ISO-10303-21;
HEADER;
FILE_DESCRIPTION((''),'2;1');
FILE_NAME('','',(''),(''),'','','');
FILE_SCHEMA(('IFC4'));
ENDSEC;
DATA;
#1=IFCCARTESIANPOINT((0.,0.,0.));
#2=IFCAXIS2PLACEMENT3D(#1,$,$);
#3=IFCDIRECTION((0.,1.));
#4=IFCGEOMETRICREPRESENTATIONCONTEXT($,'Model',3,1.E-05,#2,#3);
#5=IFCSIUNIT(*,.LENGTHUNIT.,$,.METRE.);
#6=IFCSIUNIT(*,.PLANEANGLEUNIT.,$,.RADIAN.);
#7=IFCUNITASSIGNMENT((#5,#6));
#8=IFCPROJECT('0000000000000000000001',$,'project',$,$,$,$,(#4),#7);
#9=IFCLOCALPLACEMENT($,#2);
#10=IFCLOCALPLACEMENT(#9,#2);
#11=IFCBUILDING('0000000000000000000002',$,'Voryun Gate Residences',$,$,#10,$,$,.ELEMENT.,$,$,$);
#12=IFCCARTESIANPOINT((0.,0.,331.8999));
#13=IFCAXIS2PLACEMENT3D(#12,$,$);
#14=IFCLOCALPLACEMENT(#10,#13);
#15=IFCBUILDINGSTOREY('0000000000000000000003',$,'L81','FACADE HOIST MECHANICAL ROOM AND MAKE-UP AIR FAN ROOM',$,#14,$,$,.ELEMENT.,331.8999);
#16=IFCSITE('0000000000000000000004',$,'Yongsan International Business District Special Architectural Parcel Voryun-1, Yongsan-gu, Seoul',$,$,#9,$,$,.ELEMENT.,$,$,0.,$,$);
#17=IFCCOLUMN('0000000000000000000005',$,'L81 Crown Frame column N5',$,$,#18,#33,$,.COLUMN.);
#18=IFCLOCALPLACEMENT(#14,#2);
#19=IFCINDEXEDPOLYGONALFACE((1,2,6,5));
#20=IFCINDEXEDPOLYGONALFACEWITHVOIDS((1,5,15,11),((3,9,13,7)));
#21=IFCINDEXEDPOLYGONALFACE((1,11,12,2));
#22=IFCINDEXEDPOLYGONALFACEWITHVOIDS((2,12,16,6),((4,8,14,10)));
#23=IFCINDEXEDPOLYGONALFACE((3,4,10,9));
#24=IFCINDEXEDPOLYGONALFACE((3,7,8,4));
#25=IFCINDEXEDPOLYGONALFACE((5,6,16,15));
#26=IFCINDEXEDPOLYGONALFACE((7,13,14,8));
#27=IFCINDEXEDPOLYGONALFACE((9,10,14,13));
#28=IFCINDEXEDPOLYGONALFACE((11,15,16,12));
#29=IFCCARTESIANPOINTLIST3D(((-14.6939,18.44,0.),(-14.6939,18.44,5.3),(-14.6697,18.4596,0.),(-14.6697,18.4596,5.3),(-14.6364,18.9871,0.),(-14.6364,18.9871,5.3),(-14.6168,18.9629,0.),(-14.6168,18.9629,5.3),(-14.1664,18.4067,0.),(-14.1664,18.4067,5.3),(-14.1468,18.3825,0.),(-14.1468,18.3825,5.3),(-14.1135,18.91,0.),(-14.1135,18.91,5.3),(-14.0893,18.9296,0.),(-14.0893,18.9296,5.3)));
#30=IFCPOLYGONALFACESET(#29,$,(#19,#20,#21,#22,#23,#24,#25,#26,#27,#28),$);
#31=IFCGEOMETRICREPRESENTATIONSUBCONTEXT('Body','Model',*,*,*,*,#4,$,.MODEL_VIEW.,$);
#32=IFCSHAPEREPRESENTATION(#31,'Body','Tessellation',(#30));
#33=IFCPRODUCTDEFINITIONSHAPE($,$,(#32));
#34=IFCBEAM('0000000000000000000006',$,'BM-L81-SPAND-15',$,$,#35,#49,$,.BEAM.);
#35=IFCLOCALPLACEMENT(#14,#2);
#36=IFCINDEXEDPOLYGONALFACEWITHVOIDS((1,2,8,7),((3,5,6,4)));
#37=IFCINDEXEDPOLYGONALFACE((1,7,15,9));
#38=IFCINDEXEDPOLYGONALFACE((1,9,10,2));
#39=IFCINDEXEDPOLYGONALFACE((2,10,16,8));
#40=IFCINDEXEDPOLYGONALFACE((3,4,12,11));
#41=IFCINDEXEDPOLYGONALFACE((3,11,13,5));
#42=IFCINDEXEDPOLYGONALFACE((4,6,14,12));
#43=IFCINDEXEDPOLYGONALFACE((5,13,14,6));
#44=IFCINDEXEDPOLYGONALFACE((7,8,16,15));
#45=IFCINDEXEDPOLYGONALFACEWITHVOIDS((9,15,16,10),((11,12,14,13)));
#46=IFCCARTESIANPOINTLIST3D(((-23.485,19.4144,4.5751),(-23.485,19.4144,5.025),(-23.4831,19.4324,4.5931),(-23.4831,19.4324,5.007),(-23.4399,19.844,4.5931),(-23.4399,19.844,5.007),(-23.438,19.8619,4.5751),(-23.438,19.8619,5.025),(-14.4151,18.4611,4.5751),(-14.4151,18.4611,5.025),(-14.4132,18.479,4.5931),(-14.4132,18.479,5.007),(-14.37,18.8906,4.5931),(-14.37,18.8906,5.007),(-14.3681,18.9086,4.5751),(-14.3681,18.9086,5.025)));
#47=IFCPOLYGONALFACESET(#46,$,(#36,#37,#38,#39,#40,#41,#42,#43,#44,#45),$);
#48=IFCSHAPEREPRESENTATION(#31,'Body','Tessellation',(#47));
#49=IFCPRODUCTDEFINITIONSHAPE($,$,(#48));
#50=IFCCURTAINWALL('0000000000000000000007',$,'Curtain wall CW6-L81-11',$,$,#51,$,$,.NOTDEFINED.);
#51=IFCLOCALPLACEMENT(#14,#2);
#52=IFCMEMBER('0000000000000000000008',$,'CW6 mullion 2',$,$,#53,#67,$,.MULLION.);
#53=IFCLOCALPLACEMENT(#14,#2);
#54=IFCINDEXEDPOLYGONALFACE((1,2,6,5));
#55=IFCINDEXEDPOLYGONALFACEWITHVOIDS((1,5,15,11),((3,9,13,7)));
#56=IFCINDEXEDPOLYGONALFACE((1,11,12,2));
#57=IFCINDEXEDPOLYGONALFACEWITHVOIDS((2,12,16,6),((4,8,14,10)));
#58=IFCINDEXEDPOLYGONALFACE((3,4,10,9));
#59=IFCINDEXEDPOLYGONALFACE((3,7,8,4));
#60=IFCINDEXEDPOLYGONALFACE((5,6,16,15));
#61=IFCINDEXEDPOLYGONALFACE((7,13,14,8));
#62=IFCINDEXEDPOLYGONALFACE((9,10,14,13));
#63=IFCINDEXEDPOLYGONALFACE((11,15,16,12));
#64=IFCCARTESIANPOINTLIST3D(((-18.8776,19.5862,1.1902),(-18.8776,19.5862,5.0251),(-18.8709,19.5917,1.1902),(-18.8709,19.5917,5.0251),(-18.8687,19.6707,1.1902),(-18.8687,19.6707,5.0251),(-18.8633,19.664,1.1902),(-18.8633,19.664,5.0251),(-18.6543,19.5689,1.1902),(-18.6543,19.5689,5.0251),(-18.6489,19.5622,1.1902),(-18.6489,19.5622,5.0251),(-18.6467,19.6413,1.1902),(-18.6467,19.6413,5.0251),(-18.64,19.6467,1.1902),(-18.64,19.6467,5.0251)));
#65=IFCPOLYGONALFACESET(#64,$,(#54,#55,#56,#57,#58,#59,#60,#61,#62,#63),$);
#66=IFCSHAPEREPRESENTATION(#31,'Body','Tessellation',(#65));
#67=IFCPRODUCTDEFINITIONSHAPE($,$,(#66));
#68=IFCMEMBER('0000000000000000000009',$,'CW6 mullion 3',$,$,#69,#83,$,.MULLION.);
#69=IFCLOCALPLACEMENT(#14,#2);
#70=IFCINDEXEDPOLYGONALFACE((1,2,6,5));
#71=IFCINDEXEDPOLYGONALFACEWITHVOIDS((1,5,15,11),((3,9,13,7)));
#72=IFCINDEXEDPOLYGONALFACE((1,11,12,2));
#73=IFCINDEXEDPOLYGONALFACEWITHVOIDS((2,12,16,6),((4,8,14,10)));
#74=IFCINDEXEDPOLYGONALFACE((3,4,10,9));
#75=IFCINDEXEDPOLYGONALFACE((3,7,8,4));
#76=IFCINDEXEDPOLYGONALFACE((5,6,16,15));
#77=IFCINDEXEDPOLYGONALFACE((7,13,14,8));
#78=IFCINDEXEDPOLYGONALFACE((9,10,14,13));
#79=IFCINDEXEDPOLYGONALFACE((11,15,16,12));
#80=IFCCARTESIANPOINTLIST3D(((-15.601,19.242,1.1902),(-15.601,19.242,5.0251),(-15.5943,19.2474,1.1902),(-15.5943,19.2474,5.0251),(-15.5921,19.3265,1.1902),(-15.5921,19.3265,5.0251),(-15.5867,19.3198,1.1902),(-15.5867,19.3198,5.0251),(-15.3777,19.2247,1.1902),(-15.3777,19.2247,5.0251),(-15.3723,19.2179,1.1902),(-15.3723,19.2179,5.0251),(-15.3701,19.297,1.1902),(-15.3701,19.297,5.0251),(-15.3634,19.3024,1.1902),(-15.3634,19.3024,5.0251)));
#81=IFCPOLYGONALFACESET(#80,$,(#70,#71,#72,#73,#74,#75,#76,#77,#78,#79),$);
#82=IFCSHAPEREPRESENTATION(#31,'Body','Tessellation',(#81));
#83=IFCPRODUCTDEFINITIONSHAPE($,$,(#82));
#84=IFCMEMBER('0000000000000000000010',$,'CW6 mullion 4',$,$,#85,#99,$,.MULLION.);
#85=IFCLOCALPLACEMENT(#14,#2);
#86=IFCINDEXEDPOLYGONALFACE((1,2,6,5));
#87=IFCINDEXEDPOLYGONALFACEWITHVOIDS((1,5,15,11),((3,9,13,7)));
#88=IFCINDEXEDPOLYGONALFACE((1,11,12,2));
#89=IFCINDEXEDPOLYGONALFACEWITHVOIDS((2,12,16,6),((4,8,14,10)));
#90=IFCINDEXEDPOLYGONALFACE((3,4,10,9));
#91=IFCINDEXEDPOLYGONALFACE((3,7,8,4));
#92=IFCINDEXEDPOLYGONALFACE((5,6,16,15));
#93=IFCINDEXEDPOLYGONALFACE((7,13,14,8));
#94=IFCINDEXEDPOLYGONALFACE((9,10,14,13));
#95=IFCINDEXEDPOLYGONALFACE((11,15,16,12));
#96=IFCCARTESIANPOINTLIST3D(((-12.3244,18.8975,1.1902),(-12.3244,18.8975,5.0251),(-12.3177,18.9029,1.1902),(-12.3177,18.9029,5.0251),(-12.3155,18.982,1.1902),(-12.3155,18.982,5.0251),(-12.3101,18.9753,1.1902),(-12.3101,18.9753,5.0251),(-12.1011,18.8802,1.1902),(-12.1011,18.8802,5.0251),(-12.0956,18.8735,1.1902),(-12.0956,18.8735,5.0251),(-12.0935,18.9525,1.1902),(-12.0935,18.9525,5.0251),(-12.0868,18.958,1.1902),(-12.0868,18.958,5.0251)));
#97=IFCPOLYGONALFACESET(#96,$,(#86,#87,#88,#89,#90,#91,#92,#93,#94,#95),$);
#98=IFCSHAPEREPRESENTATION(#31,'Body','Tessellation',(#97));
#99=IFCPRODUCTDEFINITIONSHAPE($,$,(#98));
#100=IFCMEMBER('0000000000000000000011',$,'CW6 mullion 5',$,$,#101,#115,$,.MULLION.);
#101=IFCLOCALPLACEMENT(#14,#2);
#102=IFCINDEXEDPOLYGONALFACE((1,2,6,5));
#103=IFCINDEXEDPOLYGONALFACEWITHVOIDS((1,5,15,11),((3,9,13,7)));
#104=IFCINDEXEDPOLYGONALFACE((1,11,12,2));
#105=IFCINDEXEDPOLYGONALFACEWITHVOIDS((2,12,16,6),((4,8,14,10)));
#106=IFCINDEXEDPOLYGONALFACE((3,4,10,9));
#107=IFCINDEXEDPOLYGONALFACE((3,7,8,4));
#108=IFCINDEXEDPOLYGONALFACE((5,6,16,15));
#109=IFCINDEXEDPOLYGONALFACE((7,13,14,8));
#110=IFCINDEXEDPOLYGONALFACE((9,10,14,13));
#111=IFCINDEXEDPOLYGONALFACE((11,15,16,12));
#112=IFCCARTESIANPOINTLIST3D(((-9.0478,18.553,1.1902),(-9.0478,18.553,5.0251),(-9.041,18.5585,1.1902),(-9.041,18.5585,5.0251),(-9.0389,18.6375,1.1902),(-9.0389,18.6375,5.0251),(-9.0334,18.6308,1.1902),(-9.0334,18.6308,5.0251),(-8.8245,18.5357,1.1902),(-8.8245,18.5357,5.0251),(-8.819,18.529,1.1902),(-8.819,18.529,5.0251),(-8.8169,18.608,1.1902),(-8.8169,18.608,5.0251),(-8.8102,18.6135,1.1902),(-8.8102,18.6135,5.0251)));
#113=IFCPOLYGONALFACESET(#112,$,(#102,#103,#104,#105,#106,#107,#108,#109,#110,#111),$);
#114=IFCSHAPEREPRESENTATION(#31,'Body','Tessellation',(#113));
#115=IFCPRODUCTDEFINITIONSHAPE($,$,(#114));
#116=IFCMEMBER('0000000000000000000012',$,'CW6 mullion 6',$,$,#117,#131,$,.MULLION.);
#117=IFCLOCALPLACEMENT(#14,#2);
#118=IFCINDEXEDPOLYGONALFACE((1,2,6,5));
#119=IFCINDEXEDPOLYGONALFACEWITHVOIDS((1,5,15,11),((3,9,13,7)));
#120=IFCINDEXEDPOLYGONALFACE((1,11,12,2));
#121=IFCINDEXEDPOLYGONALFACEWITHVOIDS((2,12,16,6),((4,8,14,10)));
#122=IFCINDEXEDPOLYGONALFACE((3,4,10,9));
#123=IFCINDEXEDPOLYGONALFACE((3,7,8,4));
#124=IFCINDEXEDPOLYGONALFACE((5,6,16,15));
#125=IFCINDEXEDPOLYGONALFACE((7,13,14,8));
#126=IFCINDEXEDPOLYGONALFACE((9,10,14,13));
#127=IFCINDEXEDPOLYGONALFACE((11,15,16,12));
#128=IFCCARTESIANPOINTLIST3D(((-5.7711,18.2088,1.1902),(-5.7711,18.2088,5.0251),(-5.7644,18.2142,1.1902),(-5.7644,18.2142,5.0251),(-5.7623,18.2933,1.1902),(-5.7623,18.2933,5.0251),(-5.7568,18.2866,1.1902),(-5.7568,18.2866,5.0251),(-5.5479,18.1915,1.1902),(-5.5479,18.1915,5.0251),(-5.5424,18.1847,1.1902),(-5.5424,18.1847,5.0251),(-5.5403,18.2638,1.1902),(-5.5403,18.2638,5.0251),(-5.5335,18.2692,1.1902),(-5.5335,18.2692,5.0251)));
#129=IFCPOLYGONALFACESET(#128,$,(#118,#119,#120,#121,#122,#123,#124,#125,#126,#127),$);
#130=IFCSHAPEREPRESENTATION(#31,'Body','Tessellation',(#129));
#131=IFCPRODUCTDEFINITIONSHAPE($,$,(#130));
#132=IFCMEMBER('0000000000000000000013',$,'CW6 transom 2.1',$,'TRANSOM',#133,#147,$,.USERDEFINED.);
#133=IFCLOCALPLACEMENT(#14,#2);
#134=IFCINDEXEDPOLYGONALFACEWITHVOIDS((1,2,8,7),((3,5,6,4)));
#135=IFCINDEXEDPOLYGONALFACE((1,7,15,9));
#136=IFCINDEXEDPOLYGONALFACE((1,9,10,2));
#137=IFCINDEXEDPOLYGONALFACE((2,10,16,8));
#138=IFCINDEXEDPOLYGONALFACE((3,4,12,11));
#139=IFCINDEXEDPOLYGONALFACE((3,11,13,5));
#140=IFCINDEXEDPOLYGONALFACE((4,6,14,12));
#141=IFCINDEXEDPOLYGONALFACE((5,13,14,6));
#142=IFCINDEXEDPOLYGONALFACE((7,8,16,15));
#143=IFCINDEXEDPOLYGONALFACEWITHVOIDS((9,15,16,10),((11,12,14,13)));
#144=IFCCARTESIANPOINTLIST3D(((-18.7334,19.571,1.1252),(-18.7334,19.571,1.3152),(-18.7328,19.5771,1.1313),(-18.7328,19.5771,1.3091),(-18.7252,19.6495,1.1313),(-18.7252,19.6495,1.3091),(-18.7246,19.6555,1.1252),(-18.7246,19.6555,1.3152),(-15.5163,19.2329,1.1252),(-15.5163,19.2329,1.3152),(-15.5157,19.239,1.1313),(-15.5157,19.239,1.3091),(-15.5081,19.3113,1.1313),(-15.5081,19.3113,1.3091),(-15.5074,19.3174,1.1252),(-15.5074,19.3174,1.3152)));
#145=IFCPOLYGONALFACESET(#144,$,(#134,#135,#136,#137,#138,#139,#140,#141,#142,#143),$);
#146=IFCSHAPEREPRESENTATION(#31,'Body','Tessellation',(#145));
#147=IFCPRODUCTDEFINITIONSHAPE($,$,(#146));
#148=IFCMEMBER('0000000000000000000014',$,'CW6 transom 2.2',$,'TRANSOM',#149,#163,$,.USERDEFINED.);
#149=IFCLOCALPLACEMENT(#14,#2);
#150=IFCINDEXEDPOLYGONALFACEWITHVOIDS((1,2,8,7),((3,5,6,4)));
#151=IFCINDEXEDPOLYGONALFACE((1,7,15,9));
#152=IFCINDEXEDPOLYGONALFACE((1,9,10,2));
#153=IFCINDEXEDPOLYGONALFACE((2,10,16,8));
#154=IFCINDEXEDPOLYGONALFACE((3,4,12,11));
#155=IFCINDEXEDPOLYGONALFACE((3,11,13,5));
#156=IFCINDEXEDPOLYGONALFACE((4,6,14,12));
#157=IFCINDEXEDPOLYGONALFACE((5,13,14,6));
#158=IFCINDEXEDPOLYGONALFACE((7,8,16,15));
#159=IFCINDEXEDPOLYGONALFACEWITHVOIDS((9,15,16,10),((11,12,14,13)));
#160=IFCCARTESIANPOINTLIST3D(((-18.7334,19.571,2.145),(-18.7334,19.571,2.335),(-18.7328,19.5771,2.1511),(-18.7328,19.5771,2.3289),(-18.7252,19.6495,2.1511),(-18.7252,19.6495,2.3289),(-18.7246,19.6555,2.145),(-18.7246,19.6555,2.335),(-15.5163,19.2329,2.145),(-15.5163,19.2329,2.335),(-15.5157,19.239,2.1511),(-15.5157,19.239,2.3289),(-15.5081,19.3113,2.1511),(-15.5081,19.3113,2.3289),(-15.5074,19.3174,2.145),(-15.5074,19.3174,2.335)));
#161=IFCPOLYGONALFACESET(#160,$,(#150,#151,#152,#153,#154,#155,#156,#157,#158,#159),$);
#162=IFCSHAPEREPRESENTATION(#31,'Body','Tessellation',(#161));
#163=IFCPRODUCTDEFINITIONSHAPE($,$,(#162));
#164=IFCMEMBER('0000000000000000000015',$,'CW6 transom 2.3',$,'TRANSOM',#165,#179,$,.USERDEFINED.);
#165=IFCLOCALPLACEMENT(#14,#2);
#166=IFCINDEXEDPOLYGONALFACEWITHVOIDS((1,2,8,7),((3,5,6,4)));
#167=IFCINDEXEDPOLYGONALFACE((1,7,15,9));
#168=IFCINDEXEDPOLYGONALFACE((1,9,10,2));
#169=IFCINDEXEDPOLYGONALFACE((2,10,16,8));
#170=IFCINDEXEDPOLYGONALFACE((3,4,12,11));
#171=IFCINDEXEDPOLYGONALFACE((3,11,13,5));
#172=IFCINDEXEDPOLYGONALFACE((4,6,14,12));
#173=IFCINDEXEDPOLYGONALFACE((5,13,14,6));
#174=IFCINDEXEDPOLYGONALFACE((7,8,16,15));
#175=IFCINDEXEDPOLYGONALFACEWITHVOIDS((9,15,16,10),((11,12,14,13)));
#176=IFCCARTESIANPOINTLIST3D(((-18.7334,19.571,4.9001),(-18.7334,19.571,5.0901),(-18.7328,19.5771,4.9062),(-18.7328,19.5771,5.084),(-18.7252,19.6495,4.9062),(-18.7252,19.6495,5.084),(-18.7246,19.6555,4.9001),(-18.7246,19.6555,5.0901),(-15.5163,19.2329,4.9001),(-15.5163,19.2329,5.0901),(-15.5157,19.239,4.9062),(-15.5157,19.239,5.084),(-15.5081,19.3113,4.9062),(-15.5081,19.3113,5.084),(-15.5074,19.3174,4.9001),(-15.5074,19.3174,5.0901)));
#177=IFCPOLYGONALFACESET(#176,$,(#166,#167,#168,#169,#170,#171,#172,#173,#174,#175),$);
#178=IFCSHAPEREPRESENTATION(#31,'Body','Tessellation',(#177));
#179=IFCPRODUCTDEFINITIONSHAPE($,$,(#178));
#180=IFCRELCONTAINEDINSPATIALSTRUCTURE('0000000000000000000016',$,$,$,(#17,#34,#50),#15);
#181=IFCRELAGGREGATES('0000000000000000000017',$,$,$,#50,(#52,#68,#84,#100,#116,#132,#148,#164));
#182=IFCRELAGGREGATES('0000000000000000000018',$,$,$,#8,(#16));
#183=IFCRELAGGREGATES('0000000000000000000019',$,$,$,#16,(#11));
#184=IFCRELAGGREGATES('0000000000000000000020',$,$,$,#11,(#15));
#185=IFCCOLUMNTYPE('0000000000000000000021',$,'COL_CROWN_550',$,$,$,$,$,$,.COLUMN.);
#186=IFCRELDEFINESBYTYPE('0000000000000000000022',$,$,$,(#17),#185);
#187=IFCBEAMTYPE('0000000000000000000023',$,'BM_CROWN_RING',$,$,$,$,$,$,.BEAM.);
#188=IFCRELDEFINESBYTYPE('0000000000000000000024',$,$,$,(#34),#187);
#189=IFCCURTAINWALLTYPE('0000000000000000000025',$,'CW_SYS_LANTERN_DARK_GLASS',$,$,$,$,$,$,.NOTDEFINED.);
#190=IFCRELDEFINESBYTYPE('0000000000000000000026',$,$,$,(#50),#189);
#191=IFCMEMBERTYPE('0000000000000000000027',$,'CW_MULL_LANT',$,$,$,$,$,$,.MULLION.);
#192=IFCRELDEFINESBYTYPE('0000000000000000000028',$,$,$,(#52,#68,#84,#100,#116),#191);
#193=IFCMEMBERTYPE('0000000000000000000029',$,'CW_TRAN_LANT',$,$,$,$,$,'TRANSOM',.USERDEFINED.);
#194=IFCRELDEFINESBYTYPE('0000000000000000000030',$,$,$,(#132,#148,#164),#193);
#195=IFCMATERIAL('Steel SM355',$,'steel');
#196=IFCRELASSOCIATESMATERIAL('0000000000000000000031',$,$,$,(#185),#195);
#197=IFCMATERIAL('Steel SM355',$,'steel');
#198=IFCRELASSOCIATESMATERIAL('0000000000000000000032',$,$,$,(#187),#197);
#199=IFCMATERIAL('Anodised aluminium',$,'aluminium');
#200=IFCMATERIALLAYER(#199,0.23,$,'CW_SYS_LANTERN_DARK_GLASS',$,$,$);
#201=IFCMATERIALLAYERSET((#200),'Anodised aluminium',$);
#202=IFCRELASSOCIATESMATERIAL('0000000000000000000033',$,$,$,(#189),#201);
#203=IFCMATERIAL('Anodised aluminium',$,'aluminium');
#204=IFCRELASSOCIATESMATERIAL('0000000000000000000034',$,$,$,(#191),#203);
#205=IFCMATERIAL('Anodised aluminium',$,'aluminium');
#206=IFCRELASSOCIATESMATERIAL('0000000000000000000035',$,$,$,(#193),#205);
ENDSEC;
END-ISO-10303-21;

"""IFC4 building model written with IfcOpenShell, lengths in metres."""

from ifc_helpers import new_model, si_unit, direction, frame, origin, origin_2d, place, context, subcontext, project, spatial, hollow_rectangle, extrude, material, layer, layer_set, material_profile, profile_set, type_object, element, aggregate, save


model = new_model("IFC4")

# Units and contexts
model_context = context("Model", 3, precision=1e-05, world=origin(), true_north=direction((0.0, 1.0)))
body_context = subcontext(model_context, "Body", "Model", "MODEL_VIEW")
ifc_project = project(units=[si_unit("LENGTHUNIT", "METRE"), si_unit("PLANEANGLEUNIT", "RADIAN")], contexts=[model_context])

# Site, building, storey
site_placement = place(None, origin())
site = spatial("IfcSite", under=ifc_project, at=site_placement, Name="Yongsan International Business District Special Architectural Parcel Voryun-1, Yongsan-gu, Seoul", CompositionType="ELEMENT", RefElevation=0.0)
building_placement = place(site_placement, origin())
building = spatial("IfcBuilding", under=site, at=building_placement, Name="Voryun Gate Residences", CompositionType="ELEMENT")
storey_placement = place(building_placement, frame((0.0, 0.0, 331.8999)))
storey = spatial("IfcBuildingStorey", under=building, at=storey_placement, Name="L81", Description="FACADE HOIST MECHANICAL ROOM AND MAKE-UP AIR FAN ROOM", CompositionType="ELEMENT", Elevation=331.8999)

# Column
ifc_material_1 = material(Name="Steel SM355", Category="steel")
ifc_material_profile_1 = material_profile(ifc_material_1, hollow_rectangle(XDim=0.55, YDim=0.55, WallThickness=0.022, at=origin_2d()), Name="BOX-550x550x22")
ifc_profile_set_1 = profile_set([ifc_material_profile_1], Name="Steel SM355")
column_type = type_object("IfcColumnType", Name="COL_CROWN_550", PredefinedType="COLUMN", material=ifc_profile_set_1)
column_placement = place(storey_placement, frame((-14.3916, 18.6848, 0.0), z_axis=(0.0, 0.0, 1.0), x_axis=(0.994522, -0.104528, 0.0)))
element("IfcColumn", 1, at=column_placement, inside=storey, type_object=column_type, Name="L81 Crown Frame column N5", PredefinedType="COLUMN", context=body_context, shape_type="SweptSolid", body=[
    extrude(hollow_rectangle(XDim=0.55, YDim=0.55, WallThickness=0.022, at=origin_2d()), origin(), (0.0, 0.0, 1.0), 5.3),
])

# Beam
ifc_material_2 = material(Name="Steel SM355", Category="steel")
ifc_material_profile_2 = material_profile(ifc_material_2, hollow_rectangle(XDim=0.45, YDim=0.45, WallThickness=0.0181, at=origin_2d()), Name="BOX-450x450x18")
ifc_profile_set_2 = profile_set([ifc_material_profile_2], Name="Steel SM355")
beam_type = type_object("IfcBeamType", Name="BM_CROWN_RING", PredefinedType="BEAM", material=ifc_profile_set_2)
beam_placement = place(storey_placement, frame((-14.3916, 18.6848, 4.8), z_axis=(-0.994521, 0.104538, 0.0), x_axis=(-0.104538, -0.994521, 0.0)))
element("IfcBeam", 2, at=beam_placement, inside=storey, type_object=beam_type, Name="BM-L81-SPAND-15", PredefinedType="BEAM", context=body_context, shape_type="SweptSolid", body=[
    extrude(hollow_rectangle(XDim=0.45, YDim=0.45, WallThickness=0.0181, at=origin_2d()), origin(), (0.0, 0.0, 1.0), 9.1199),
])

# Curtain wall, members
ifc_material_3 = material(Name="Anodised aluminium", Category="aluminium")
ifc_layer_1 = layer(ifc_material_3, 0.23, Name="CW_SYS_LANTERN_DARK_GLASS")
ifc_layer_set_1 = layer_set([ifc_layer_1], Name="Anodised aluminium")
curtain_wall_type = type_object("IfcCurtainWallType", Name="CW_SYS_LANTERN_DARK_GLASS", PredefinedType="NOTDEFINED", material=ifc_layer_set_1)
curtain_wall_placement = place(storey_placement, origin())
curtain_wall = element("IfcCurtainWall", 3, at=curtain_wall_placement, inside=storey, type_object=curtain_wall_type, Name="Curtain wall CW6-L81-11", PredefinedType="NOTDEFINED")
ifc_material_4 = material(Name="Anodised aluminium", Category="aluminium")
ifc_material_profile_3 = material_profile(ifc_material_4, hollow_rectangle(XDim=0.085, YDim=0.23, WallThickness=0.0061, at=origin_2d()), Name="ALU-MULL-230x85x6")
ifc_profile_set_3 = profile_set([ifc_material_profile_3], Name="Anodised aluminium")
member_type_1 = type_object("IfcMemberType", Name="CW_MULL_LANT", PredefinedType="MULLION", material=ifc_profile_set_3)
member_1_placement = place(storey_placement, frame((-18.7588, 19.6165, 1.1902), z_axis=(0.0, 0.0, 1.0), x_axis=(0.104528, 0.994522, 0.0)))
member_1 = element("IfcMember", 4, at=member_1_placement, type_object=member_type_1, Name="CW6 mullion 2", PredefinedType="MULLION", context=body_context, shape_type="SweptSolid", body=[
    extrude(hollow_rectangle(XDim=0.085, YDim=0.23, WallThickness=0.0061, at=origin_2d()), origin(), (0.0, 0.0, 1.0), 3.835),
])
member_2_placement = place(storey_placement, frame((-15.4822, 19.2722, 1.1902), z_axis=(0.0, 0.0, 1.0), x_axis=(0.104528, 0.994522, 0.0)))
member_2 = element("IfcMember", 5, at=member_2_placement, type_object=member_type_1, Name="CW6 mullion 3", PredefinedType="MULLION", context=body_context, shape_type="SweptSolid", body=[
    extrude(hollow_rectangle(XDim=0.085, YDim=0.23, WallThickness=0.0061, at=origin_2d()), origin(), (0.0, 0.0, 1.0), 3.835),
])
member_3_placement = place(storey_placement, frame((-12.2056, 18.9277, 1.1902), z_axis=(0.0, 0.0, 1.0), x_axis=(0.104528, 0.994522, 0.0)))
member_3 = element("IfcMember", 6, at=member_3_placement, type_object=member_type_1, Name="CW6 mullion 4", PredefinedType="MULLION", context=body_context, shape_type="SweptSolid", body=[
    extrude(hollow_rectangle(XDim=0.085, YDim=0.23, WallThickness=0.0061, at=origin_2d()), origin(), (0.0, 0.0, 1.0), 3.835),
])
member_4_placement = place(storey_placement, frame((-8.929, 18.5833, 1.1902), z_axis=(0.0, 0.0, 1.0), x_axis=(0.104528, 0.994522, 0.0)))
member_4 = element("IfcMember", 7, at=member_4_placement, type_object=member_type_1, Name="CW6 mullion 5", PredefinedType="MULLION", context=body_context, shape_type="SweptSolid", body=[
    extrude(hollow_rectangle(XDim=0.085, YDim=0.23, WallThickness=0.0061, at=origin_2d()), origin(), (0.0, 0.0, 1.0), 3.835),
])
member_5_placement = place(storey_placement, frame((-5.6523, 18.239, 1.1902), z_axis=(0.0, 0.0, 1.0), x_axis=(0.104528, 0.994522, 0.0)))
member_5 = element("IfcMember", 8, at=member_5_placement, type_object=member_type_1, Name="CW6 mullion 6", PredefinedType="MULLION", context=body_context, shape_type="SweptSolid", body=[
    extrude(hollow_rectangle(XDim=0.085, YDim=0.23, WallThickness=0.0061, at=origin_2d()), origin(), (0.0, 0.0, 1.0), 3.835),
])
ifc_material_5 = material(Name="Anodised aluminium", Category="aluminium")
ifc_material_profile_4 = material_profile(ifc_material_5, hollow_rectangle(XDim=0.085, YDim=0.1899, WallThickness=0.0061, at=origin_2d()), Name="ALU-TRAN-190x85x6")
ifc_profile_set_4 = profile_set([ifc_material_profile_4], Name="Anodised aluminium")
member_type_2 = type_object("IfcMemberType", Name="CW_TRAN_LANT", ElementType="TRANSOM", PredefinedType="USERDEFINED", material=ifc_profile_set_4)
member_6_placement = place(storey_placement, frame((-18.729, 19.6133, 1.2202), z_axis=(0.994522, -0.104532, 0.0), x_axis=(0.104532, 0.994522, 0.0)))
member_6 = element("IfcMember", 9, at=member_6_placement, type_object=member_type_2, Name="CW6 transom 2.1", ObjectType="TRANSOM", PredefinedType="USERDEFINED", context=body_context, shape_type="SweptSolid", body=[
    extrude(hollow_rectangle(XDim=0.085, YDim=0.1899, WallThickness=0.0061, at=origin_2d()), origin(), (0.0, 0.0, 1.0), 3.2349),
])
member_7_placement = place(storey_placement, frame((-18.729, 19.6133, 2.24), z_axis=(0.994522, -0.104532, 0.0), x_axis=(0.104532, 0.994522, 0.0)))
member_7 = element("IfcMember", 10, at=member_7_placement, type_object=member_type_2, Name="CW6 transom 2.2", ObjectType="TRANSOM", PredefinedType="USERDEFINED", context=body_context, shape_type="SweptSolid", body=[
    extrude(hollow_rectangle(XDim=0.085, YDim=0.1899, WallThickness=0.0061, at=origin_2d()), origin(), (0.0, 0.0, 1.0), 3.2349),
])
member_8_placement = place(storey_placement, frame((-18.729, 19.6133, 4.9951), z_axis=(0.994522, -0.104532, 0.0), x_axis=(0.104532, 0.994522, 0.0)))
member_8 = element("IfcMember", 11, at=member_8_placement, type_object=member_type_2, Name="CW6 transom 2.3", ObjectType="TRANSOM", PredefinedType="USERDEFINED", context=body_context, shape_type="SweptSolid", body=[
    extrude(hollow_rectangle(XDim=0.085, YDim=0.1899, WallThickness=0.0061, at=origin_2d()), origin(), (0.0, 0.0, 1.0), 3.2349),
])

aggregate(curtain_wall, [member_1, member_2, member_3, member_4, member_5, member_6, member_7, member_8])

save(model, "model.ifc")
